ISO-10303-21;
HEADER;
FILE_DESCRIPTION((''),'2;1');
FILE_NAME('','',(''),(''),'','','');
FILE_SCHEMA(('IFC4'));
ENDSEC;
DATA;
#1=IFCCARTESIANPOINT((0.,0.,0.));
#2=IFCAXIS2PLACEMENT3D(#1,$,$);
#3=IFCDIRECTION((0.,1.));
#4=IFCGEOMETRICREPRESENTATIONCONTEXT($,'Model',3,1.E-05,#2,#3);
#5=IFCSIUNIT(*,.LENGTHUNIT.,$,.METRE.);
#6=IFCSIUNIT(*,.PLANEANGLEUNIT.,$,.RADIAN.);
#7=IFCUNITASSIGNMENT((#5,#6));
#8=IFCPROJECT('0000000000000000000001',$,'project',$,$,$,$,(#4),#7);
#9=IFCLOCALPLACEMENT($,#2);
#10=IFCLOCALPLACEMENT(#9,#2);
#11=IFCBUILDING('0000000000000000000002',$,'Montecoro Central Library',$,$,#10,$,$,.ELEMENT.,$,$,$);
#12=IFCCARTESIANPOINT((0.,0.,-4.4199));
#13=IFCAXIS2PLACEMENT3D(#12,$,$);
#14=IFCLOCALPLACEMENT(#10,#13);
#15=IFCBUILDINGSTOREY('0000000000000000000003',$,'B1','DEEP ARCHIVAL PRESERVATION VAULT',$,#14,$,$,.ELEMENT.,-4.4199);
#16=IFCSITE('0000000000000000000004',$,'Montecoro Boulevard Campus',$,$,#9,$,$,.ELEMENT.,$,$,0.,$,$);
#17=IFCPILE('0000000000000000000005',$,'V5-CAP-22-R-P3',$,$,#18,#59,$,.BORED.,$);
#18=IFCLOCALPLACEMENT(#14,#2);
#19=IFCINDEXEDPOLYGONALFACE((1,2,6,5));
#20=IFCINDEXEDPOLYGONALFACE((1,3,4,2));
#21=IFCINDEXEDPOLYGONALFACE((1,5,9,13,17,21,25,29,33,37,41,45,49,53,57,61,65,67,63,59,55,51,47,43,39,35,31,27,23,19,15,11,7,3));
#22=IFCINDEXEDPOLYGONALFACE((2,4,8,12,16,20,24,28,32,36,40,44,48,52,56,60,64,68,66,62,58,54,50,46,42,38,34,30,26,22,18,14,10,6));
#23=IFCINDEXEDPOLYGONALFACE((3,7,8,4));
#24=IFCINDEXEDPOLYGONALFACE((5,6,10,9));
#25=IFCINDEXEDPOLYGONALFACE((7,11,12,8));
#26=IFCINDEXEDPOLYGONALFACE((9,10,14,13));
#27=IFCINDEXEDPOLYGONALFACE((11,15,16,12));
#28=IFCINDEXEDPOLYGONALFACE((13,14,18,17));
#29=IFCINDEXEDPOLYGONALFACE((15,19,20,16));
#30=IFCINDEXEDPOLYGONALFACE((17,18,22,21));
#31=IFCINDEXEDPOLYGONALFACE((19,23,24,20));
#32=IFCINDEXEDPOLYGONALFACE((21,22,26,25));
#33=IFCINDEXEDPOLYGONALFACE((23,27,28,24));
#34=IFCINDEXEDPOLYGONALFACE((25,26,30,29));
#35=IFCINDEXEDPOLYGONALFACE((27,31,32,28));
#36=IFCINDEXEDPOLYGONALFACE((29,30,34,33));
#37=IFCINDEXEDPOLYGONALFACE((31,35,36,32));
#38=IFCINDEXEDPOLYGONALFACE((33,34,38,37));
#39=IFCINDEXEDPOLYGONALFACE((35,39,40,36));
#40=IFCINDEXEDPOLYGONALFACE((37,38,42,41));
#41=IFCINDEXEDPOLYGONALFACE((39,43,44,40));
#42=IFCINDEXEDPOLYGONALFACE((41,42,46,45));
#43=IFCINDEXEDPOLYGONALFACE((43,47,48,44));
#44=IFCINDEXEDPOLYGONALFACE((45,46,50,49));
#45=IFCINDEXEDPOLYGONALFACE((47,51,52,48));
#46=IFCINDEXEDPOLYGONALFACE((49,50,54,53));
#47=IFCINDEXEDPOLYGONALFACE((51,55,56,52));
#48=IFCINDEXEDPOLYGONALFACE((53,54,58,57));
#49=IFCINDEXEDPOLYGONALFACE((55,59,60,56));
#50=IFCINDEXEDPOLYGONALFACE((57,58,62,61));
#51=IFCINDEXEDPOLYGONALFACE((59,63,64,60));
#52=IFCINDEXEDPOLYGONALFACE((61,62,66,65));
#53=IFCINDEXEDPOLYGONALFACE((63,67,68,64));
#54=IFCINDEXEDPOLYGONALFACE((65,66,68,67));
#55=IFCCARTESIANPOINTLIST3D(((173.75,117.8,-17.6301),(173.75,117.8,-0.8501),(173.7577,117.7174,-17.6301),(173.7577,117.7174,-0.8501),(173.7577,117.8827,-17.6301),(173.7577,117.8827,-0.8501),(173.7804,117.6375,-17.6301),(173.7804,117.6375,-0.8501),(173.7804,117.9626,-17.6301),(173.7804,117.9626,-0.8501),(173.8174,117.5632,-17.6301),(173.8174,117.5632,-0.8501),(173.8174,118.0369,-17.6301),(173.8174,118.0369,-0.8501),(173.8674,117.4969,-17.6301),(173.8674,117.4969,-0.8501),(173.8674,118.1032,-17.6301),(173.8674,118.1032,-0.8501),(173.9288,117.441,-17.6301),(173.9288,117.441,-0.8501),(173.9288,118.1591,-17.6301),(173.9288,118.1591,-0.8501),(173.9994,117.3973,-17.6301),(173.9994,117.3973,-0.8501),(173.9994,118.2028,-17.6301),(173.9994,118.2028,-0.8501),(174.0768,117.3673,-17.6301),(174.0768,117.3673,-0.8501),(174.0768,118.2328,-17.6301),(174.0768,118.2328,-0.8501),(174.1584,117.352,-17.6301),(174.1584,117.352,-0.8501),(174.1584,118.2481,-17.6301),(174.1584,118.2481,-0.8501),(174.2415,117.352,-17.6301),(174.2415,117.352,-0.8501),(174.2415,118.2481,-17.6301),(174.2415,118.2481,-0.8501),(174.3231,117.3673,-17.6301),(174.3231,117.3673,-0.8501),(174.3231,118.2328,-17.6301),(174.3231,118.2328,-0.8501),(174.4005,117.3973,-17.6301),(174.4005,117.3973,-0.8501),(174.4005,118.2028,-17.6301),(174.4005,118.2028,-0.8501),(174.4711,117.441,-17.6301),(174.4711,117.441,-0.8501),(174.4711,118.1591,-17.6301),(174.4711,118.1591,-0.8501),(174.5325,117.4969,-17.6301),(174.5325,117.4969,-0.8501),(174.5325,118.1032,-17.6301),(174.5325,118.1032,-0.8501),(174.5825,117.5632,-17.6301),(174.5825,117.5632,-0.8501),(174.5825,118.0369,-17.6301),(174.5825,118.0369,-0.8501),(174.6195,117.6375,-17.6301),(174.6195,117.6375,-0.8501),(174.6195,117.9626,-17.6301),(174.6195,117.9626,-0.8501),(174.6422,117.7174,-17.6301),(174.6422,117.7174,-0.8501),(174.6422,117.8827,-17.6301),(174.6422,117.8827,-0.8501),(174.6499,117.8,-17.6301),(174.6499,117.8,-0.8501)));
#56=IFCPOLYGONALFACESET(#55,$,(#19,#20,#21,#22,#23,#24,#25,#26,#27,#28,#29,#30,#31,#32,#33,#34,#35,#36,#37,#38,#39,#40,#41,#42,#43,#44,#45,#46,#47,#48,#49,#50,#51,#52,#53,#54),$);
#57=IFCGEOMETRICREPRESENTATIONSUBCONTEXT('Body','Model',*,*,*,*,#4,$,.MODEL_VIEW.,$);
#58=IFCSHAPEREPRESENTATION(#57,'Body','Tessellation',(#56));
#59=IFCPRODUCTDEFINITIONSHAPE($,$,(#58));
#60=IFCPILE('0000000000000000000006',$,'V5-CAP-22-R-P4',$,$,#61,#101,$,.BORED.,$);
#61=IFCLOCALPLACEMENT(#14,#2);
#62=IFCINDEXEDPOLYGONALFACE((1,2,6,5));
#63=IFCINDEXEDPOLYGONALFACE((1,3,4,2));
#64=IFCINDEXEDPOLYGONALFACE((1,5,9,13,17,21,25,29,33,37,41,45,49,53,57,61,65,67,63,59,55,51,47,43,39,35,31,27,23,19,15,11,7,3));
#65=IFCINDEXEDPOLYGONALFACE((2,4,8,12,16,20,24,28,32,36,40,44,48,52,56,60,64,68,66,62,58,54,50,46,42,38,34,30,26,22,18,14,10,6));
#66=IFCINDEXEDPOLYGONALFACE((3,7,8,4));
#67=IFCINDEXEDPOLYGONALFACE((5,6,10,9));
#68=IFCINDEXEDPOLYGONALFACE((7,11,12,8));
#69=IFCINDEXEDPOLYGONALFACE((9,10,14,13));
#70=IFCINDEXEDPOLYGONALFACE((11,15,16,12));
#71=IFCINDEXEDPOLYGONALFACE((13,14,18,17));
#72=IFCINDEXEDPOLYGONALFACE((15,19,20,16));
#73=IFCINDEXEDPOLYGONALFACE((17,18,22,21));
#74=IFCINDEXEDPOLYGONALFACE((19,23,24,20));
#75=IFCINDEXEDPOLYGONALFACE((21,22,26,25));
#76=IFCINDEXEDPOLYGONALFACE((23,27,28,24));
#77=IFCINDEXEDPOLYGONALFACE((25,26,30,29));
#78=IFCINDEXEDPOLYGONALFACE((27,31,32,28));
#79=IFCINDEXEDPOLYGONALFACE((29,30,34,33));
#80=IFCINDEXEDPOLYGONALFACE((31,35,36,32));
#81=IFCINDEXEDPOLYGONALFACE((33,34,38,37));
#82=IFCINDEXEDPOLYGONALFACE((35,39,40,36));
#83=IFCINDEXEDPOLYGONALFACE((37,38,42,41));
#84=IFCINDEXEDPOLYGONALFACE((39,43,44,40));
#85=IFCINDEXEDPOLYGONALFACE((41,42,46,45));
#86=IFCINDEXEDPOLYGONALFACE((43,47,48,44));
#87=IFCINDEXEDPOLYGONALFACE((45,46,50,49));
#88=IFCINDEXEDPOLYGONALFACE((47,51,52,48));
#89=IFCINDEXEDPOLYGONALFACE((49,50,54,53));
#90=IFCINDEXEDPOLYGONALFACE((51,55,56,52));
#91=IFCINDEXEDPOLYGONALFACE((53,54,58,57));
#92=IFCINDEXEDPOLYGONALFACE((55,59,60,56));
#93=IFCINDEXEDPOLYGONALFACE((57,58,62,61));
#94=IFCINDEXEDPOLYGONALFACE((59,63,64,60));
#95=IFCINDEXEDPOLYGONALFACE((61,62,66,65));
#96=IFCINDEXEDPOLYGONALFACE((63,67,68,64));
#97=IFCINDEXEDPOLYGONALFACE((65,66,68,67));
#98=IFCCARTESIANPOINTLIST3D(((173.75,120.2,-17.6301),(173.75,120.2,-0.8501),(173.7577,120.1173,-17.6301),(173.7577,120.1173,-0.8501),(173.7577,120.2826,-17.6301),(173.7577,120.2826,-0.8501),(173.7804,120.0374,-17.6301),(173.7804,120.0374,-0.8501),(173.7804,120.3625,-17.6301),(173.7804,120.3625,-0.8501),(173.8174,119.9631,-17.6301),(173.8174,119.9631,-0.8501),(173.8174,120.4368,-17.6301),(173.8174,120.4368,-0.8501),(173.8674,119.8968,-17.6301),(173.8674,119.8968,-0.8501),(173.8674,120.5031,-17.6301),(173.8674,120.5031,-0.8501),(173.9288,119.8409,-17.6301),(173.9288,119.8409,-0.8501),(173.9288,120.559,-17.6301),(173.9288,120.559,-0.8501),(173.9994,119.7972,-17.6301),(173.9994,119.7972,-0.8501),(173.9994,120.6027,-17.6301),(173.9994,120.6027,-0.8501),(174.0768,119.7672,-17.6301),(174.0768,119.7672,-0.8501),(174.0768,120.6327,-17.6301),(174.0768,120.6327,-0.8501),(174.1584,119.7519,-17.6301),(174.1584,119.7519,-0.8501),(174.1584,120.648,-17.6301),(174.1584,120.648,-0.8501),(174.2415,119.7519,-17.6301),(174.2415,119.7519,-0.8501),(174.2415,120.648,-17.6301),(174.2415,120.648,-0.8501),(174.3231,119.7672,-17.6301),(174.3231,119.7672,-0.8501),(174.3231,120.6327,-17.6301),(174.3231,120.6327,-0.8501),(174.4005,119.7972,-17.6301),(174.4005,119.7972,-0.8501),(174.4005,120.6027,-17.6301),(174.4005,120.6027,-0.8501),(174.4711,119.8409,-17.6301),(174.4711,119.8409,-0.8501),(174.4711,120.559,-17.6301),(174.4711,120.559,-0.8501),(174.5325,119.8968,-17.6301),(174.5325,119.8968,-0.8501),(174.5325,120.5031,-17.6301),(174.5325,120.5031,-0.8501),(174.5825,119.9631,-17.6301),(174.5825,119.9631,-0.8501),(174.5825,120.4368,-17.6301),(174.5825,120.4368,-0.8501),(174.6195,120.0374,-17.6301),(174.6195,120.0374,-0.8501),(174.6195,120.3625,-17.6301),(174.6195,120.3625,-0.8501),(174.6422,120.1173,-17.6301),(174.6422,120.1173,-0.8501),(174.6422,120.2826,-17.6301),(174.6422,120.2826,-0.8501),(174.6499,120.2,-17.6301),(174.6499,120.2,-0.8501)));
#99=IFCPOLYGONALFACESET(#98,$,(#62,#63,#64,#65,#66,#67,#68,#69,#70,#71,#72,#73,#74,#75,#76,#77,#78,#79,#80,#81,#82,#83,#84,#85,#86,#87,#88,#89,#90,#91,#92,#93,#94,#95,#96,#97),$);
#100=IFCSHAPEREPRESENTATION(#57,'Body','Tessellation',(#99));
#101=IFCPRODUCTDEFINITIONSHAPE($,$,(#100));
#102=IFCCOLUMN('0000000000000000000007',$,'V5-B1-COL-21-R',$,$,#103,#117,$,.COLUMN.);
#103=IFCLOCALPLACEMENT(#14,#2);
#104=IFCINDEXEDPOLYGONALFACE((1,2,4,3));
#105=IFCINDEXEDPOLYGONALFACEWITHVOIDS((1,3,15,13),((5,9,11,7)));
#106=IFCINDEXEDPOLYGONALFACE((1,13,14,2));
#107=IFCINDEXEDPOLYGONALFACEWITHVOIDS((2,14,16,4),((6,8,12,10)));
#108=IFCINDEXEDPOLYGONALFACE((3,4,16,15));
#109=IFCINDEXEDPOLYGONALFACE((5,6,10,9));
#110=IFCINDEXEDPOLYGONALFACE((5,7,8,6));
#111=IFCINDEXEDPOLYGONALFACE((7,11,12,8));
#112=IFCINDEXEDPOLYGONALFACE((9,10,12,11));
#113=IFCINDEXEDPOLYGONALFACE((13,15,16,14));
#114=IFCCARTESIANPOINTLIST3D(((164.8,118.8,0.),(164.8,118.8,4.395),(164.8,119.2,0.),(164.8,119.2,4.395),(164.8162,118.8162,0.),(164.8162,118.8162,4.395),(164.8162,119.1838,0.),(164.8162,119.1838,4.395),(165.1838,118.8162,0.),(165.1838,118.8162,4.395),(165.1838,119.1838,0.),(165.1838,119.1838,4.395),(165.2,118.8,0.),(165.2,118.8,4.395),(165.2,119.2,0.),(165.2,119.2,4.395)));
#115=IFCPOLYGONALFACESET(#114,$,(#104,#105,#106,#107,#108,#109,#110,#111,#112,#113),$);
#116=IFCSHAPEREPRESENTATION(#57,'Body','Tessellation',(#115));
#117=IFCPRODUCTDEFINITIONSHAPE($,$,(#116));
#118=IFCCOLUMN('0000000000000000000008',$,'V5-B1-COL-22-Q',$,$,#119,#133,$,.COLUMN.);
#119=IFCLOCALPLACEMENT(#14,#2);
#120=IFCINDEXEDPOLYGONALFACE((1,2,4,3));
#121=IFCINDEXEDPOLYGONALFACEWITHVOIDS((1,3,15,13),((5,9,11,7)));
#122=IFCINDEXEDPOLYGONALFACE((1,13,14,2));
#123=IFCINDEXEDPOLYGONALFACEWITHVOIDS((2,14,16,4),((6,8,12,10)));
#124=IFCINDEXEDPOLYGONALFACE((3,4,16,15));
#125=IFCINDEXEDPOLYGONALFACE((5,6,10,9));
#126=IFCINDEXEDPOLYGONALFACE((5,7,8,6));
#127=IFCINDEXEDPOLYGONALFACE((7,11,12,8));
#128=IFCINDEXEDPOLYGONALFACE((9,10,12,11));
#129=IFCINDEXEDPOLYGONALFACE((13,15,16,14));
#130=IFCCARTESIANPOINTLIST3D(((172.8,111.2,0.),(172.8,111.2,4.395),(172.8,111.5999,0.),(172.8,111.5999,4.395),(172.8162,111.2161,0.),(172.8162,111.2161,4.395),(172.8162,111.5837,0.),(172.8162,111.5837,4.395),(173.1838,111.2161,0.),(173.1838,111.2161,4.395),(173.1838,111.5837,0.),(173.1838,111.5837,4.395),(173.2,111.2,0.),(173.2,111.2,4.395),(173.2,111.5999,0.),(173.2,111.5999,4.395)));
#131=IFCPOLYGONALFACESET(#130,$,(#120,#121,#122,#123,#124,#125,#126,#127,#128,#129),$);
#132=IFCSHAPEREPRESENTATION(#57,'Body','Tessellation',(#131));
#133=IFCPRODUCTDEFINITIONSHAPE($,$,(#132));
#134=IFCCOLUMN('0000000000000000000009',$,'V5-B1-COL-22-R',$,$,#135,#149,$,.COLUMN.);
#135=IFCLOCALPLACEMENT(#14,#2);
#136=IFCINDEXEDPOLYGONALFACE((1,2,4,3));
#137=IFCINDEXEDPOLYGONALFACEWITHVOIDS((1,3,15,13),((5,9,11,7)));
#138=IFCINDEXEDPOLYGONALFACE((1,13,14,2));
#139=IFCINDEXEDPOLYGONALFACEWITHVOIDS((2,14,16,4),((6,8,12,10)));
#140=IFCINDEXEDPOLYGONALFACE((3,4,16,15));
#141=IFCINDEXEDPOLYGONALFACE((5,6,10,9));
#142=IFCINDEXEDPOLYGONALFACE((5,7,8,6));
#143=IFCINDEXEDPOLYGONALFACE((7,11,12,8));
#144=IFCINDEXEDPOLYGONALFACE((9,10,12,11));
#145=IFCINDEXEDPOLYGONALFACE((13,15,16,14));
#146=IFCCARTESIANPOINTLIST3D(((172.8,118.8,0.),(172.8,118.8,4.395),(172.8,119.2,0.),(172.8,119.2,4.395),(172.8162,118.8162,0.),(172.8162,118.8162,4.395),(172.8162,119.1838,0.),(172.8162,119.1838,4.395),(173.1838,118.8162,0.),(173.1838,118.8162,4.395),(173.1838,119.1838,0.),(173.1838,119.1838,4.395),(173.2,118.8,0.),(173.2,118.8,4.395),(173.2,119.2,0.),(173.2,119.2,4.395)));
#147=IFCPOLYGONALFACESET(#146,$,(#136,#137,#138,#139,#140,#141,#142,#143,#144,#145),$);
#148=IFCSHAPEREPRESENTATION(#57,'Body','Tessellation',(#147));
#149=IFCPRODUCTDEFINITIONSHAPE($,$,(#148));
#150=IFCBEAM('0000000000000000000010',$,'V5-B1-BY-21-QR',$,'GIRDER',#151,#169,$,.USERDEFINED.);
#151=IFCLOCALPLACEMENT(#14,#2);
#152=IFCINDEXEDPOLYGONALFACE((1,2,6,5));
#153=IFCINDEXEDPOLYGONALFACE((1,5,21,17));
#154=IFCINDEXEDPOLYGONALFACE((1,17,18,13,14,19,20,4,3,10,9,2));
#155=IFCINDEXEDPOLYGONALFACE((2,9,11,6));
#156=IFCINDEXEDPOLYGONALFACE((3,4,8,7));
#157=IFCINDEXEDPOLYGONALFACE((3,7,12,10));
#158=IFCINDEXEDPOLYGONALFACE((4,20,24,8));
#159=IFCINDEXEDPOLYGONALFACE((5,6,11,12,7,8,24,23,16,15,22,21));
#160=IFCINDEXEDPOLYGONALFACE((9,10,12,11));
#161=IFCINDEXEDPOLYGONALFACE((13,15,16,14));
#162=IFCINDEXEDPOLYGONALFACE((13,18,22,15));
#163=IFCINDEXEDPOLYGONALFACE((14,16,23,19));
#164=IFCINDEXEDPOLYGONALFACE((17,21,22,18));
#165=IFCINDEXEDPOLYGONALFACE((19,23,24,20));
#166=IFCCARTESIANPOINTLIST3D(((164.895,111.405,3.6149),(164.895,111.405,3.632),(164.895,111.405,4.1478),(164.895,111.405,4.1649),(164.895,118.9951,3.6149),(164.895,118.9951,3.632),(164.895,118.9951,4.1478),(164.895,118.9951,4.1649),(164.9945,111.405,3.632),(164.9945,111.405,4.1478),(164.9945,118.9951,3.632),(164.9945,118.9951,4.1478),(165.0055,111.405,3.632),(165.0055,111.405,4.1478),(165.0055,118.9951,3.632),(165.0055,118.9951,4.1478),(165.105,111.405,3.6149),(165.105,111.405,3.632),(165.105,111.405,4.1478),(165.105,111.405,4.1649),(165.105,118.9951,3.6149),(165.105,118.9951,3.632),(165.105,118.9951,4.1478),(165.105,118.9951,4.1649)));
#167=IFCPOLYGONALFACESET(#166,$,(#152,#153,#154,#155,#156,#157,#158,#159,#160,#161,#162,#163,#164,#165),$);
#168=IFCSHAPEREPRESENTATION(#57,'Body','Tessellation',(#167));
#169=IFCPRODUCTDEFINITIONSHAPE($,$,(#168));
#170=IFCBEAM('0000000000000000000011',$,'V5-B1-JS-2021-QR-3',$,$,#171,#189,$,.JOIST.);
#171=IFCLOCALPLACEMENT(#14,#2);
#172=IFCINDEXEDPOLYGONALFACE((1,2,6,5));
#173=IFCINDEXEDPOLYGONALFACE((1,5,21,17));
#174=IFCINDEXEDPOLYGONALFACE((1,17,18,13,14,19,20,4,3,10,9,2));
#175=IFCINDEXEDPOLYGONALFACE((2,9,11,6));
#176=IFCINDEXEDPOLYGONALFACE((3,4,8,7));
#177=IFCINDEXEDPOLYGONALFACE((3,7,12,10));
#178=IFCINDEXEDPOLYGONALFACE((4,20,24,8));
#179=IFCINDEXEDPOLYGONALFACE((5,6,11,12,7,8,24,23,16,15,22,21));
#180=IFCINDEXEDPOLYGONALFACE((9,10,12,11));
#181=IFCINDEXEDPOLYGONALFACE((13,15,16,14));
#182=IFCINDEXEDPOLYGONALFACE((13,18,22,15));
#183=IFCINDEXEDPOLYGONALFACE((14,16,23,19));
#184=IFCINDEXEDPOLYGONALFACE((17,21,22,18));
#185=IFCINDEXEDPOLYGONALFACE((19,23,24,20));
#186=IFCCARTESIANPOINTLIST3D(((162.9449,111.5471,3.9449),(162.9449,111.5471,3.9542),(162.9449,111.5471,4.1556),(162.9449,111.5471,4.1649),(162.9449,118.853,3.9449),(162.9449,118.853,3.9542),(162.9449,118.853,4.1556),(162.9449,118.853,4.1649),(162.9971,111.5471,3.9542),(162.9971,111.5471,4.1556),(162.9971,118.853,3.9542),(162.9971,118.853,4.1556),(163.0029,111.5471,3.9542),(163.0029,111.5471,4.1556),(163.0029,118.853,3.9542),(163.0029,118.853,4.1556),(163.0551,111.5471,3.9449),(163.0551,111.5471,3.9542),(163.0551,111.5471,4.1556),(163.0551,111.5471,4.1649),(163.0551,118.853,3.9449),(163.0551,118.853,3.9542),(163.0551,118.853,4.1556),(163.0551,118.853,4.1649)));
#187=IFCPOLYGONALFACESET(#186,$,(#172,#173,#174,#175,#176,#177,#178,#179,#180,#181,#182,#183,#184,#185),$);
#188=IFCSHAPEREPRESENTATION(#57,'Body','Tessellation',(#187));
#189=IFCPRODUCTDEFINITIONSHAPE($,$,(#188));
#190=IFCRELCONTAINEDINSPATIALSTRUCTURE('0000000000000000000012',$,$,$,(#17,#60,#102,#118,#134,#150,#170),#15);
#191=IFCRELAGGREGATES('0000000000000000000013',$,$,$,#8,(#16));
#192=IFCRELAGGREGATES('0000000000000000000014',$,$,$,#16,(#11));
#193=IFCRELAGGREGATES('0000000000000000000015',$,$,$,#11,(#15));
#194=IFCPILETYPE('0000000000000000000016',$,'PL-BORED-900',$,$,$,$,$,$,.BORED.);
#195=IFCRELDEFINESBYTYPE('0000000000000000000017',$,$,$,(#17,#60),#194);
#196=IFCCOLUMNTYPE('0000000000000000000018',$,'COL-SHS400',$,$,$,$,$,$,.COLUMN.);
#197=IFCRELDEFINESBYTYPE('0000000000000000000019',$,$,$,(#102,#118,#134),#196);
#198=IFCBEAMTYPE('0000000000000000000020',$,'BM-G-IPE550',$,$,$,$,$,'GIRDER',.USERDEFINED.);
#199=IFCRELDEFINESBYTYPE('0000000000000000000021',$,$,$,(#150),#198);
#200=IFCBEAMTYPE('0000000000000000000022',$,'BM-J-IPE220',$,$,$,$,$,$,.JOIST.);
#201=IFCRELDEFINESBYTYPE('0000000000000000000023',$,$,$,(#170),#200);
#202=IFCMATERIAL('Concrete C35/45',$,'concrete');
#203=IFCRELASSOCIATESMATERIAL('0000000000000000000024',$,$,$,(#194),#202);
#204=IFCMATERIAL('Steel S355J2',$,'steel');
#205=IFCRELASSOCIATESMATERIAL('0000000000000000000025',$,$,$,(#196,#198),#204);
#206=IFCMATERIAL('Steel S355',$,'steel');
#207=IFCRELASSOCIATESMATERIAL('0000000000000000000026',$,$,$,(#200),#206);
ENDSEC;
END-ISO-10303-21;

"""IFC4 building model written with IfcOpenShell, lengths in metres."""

from ifc_helpers import new_model, si_unit, direction, frame, origin, origin_2d, place, context, subcontext, project, spatial, hollow_rectangle, circle, i_section, extrude, material, material_profile, profile_set, type_object, element, save


model = new_model("IFC4")

# Units and contexts
model_context = context("Model", 3, precision=1e-05, world=origin(), true_north=direction((0.0, 1.0)))
body_context = subcontext(model_context, "Body", "Model", "MODEL_VIEW")
ifc_project = project(units=[si_unit("LENGTHUNIT", "METRE"), si_unit("PLANEANGLEUNIT", "RADIAN")], contexts=[model_context])

# Site, building, storey
site_placement = place(None, origin())
site = spatial("IfcSite", under=ifc_project, at=site_placement, Name="Montecoro Boulevard Campus", CompositionType="ELEMENT", RefElevation=0.0)
building_placement = place(site_placement, origin())
building = spatial("IfcBuilding", under=site, at=building_placement, Name="Montecoro Central Library", CompositionType="ELEMENT")
storey_placement = place(building_placement, frame((0.0, 0.0, -4.4199)))
storey = spatial("IfcBuildingStorey", under=building, at=storey_placement, Name="B1", Description="DEEP ARCHIVAL PRESERVATION VAULT", CompositionType="ELEMENT", Elevation=-4.4199)

# Shared definitions
ifc_material_1 = material(Name="Concrete C35/45", Category="concrete")

# Piles
ifc_material_profile_1 = material_profile(ifc_material_1, circle(Radius=0.45, at=origin_2d()), Name="PILE D900")
ifc_profile_set_1 = profile_set([ifc_material_profile_1], Name="Concrete C35/45")
pile_type = type_object("IfcPileType", Name="PL-BORED-900", PredefinedType="BORED", material=ifc_profile_set_1)
for number, where, z_axis, x_axis, name in (
    (1, (174.2, 117.8, -0.8501), (0.0, 0.0, -1.0), (1.0, 0.0, 0.0), "V5-CAP-22-R-P3"),
    (2, (174.2, 120.2, -0.8501), (0.0, 0.0, -1.0), (1.0, 0.0, 0.0), "V5-CAP-22-R-P4"),
):
    element("IfcPile", number, at=place(storey_placement, frame(where, z_axis=z_axis, x_axis=x_axis)), inside=storey, type_object=pile_type, Name=name, PredefinedType="BORED", context=body_context, shape_type="SweptSolid", body=[
        extrude(circle(Radius=0.45, at=origin_2d()), origin(), (0.0, 0.0, 1.0), 16.78),
    ])

# Columns
ifc_material_2 = material(Name="Steel S355J2", Category="steel")
ifc_material_profile_2 = material_profile(ifc_material_2, hollow_rectangle(XDim=0.3999, YDim=0.3999, WallThickness=0.0161, at=origin_2d()), Name="SHS 400x400x16.0")
ifc_profile_set_2 = profile_set([ifc_material_profile_2], Name="Steel S355J2")
column_type = type_object("IfcColumnType", Name="COL-SHS400", PredefinedType="COLUMN", material=ifc_profile_set_2)
for number, where, z_axis, x_axis, name in (
    (3, (165.0, 119.0, 0.0), (0.0, 0.0, 1.0), (1.0, 0.0, 0.0), "V5-B1-COL-21-R"),
    (4, (173.0, 111.3999, 0.0), (0.0, 0.0, 1.0), (1.0, 0.0, 0.0), "V5-B1-COL-22-Q"),
    (5, (173.0, 119.0, 0.0), (0.0, 0.0, 1.0), (1.0, 0.0, 0.0), "V5-B1-COL-22-R"),
):
    element("IfcColumn", number, at=place(storey_placement, frame(where, z_axis=z_axis, x_axis=x_axis)), inside=storey, type_object=column_type, Name=name, PredefinedType="COLUMN", context=body_context, shape_type="SweptSolid", body=[
        extrude(hollow_rectangle(XDim=0.3999, YDim=0.3999, WallThickness=0.0161, at=origin_2d()), origin(), (0.0, 0.0, 1.0), 4.395),
    ])

# Beams
ifc_material_profile_3 = material_profile(ifc_material_2, i_section(OverallWidth=0.21, OverallDepth=0.55, WebThickness=0.011, FlangeThickness=0.0171, at=origin_2d()), Name="IPE 550")
ifc_profile_set_3 = profile_set([ifc_material_profile_3], Name="Steel S355J2")
beam_type_1 = type_object("IfcBeamType", Name="BM-G-IPE550", ElementType="GIRDER", PredefinedType="USERDEFINED", material=ifc_profile_set_3)
beam_1_placement = place(storey_placement, frame((165.0, 111.405, 3.8899), z_axis=(0.0, 1.0, 0.0), x_axis=(-1.0, 0.0, 0.0)))
element("IfcBeam", 6, at=beam_1_placement, inside=storey, type_object=beam_type_1, Name="V5-B1-BY-21-QR", ObjectType="GIRDER", PredefinedType="USERDEFINED", context=body_context, shape_type="SweptSolid", body=[
    extrude(i_section(OverallWidth=0.21, OverallDepth=0.55, WebThickness=0.011, FlangeThickness=0.0171, at=origin_2d()), origin(), (0.0, 0.0, 1.0), 7.5901),
])
ifc_material_3 = material(Name="Steel S355", Category="steel")
ifc_material_profile_4 = material_profile(ifc_material_3, i_section(OverallWidth=0.1101, OverallDepth=0.22, WebThickness=0.0059, FlangeThickness=0.0093, at=origin_2d()), Name="IPE 220")
ifc_profile_set_4 = profile_set([ifc_material_profile_4], Name="Steel S355")
beam_type_2 = type_object("IfcBeamType", Name="BM-J-IPE220", PredefinedType="JOIST", material=ifc_profile_set_4)
for number, where, z_axis, x_axis, name in (
    (7, (163.0, 111.5471, 4.0549), (0.0, 1.0, 0.0), (-1.0, 0.0, 0.0), "V5-B1-JS-2021-QR-3"),
):
    element("IfcBeam", number, at=place(storey_placement, frame(where, z_axis=z_axis, x_axis=x_axis)), inside=storey, type_object=beam_type_2, Name=name, PredefinedType="JOIST", context=body_context, shape_type="SweptSolid", body=[
        extrude(i_section(OverallWidth=0.1101, OverallDepth=0.22, WebThickness=0.0059, FlangeThickness=0.0093, at=origin_2d()), origin(), (0.0, 0.0, 1.0), 7.3059),
    ])

save(model, "model.ifc")
